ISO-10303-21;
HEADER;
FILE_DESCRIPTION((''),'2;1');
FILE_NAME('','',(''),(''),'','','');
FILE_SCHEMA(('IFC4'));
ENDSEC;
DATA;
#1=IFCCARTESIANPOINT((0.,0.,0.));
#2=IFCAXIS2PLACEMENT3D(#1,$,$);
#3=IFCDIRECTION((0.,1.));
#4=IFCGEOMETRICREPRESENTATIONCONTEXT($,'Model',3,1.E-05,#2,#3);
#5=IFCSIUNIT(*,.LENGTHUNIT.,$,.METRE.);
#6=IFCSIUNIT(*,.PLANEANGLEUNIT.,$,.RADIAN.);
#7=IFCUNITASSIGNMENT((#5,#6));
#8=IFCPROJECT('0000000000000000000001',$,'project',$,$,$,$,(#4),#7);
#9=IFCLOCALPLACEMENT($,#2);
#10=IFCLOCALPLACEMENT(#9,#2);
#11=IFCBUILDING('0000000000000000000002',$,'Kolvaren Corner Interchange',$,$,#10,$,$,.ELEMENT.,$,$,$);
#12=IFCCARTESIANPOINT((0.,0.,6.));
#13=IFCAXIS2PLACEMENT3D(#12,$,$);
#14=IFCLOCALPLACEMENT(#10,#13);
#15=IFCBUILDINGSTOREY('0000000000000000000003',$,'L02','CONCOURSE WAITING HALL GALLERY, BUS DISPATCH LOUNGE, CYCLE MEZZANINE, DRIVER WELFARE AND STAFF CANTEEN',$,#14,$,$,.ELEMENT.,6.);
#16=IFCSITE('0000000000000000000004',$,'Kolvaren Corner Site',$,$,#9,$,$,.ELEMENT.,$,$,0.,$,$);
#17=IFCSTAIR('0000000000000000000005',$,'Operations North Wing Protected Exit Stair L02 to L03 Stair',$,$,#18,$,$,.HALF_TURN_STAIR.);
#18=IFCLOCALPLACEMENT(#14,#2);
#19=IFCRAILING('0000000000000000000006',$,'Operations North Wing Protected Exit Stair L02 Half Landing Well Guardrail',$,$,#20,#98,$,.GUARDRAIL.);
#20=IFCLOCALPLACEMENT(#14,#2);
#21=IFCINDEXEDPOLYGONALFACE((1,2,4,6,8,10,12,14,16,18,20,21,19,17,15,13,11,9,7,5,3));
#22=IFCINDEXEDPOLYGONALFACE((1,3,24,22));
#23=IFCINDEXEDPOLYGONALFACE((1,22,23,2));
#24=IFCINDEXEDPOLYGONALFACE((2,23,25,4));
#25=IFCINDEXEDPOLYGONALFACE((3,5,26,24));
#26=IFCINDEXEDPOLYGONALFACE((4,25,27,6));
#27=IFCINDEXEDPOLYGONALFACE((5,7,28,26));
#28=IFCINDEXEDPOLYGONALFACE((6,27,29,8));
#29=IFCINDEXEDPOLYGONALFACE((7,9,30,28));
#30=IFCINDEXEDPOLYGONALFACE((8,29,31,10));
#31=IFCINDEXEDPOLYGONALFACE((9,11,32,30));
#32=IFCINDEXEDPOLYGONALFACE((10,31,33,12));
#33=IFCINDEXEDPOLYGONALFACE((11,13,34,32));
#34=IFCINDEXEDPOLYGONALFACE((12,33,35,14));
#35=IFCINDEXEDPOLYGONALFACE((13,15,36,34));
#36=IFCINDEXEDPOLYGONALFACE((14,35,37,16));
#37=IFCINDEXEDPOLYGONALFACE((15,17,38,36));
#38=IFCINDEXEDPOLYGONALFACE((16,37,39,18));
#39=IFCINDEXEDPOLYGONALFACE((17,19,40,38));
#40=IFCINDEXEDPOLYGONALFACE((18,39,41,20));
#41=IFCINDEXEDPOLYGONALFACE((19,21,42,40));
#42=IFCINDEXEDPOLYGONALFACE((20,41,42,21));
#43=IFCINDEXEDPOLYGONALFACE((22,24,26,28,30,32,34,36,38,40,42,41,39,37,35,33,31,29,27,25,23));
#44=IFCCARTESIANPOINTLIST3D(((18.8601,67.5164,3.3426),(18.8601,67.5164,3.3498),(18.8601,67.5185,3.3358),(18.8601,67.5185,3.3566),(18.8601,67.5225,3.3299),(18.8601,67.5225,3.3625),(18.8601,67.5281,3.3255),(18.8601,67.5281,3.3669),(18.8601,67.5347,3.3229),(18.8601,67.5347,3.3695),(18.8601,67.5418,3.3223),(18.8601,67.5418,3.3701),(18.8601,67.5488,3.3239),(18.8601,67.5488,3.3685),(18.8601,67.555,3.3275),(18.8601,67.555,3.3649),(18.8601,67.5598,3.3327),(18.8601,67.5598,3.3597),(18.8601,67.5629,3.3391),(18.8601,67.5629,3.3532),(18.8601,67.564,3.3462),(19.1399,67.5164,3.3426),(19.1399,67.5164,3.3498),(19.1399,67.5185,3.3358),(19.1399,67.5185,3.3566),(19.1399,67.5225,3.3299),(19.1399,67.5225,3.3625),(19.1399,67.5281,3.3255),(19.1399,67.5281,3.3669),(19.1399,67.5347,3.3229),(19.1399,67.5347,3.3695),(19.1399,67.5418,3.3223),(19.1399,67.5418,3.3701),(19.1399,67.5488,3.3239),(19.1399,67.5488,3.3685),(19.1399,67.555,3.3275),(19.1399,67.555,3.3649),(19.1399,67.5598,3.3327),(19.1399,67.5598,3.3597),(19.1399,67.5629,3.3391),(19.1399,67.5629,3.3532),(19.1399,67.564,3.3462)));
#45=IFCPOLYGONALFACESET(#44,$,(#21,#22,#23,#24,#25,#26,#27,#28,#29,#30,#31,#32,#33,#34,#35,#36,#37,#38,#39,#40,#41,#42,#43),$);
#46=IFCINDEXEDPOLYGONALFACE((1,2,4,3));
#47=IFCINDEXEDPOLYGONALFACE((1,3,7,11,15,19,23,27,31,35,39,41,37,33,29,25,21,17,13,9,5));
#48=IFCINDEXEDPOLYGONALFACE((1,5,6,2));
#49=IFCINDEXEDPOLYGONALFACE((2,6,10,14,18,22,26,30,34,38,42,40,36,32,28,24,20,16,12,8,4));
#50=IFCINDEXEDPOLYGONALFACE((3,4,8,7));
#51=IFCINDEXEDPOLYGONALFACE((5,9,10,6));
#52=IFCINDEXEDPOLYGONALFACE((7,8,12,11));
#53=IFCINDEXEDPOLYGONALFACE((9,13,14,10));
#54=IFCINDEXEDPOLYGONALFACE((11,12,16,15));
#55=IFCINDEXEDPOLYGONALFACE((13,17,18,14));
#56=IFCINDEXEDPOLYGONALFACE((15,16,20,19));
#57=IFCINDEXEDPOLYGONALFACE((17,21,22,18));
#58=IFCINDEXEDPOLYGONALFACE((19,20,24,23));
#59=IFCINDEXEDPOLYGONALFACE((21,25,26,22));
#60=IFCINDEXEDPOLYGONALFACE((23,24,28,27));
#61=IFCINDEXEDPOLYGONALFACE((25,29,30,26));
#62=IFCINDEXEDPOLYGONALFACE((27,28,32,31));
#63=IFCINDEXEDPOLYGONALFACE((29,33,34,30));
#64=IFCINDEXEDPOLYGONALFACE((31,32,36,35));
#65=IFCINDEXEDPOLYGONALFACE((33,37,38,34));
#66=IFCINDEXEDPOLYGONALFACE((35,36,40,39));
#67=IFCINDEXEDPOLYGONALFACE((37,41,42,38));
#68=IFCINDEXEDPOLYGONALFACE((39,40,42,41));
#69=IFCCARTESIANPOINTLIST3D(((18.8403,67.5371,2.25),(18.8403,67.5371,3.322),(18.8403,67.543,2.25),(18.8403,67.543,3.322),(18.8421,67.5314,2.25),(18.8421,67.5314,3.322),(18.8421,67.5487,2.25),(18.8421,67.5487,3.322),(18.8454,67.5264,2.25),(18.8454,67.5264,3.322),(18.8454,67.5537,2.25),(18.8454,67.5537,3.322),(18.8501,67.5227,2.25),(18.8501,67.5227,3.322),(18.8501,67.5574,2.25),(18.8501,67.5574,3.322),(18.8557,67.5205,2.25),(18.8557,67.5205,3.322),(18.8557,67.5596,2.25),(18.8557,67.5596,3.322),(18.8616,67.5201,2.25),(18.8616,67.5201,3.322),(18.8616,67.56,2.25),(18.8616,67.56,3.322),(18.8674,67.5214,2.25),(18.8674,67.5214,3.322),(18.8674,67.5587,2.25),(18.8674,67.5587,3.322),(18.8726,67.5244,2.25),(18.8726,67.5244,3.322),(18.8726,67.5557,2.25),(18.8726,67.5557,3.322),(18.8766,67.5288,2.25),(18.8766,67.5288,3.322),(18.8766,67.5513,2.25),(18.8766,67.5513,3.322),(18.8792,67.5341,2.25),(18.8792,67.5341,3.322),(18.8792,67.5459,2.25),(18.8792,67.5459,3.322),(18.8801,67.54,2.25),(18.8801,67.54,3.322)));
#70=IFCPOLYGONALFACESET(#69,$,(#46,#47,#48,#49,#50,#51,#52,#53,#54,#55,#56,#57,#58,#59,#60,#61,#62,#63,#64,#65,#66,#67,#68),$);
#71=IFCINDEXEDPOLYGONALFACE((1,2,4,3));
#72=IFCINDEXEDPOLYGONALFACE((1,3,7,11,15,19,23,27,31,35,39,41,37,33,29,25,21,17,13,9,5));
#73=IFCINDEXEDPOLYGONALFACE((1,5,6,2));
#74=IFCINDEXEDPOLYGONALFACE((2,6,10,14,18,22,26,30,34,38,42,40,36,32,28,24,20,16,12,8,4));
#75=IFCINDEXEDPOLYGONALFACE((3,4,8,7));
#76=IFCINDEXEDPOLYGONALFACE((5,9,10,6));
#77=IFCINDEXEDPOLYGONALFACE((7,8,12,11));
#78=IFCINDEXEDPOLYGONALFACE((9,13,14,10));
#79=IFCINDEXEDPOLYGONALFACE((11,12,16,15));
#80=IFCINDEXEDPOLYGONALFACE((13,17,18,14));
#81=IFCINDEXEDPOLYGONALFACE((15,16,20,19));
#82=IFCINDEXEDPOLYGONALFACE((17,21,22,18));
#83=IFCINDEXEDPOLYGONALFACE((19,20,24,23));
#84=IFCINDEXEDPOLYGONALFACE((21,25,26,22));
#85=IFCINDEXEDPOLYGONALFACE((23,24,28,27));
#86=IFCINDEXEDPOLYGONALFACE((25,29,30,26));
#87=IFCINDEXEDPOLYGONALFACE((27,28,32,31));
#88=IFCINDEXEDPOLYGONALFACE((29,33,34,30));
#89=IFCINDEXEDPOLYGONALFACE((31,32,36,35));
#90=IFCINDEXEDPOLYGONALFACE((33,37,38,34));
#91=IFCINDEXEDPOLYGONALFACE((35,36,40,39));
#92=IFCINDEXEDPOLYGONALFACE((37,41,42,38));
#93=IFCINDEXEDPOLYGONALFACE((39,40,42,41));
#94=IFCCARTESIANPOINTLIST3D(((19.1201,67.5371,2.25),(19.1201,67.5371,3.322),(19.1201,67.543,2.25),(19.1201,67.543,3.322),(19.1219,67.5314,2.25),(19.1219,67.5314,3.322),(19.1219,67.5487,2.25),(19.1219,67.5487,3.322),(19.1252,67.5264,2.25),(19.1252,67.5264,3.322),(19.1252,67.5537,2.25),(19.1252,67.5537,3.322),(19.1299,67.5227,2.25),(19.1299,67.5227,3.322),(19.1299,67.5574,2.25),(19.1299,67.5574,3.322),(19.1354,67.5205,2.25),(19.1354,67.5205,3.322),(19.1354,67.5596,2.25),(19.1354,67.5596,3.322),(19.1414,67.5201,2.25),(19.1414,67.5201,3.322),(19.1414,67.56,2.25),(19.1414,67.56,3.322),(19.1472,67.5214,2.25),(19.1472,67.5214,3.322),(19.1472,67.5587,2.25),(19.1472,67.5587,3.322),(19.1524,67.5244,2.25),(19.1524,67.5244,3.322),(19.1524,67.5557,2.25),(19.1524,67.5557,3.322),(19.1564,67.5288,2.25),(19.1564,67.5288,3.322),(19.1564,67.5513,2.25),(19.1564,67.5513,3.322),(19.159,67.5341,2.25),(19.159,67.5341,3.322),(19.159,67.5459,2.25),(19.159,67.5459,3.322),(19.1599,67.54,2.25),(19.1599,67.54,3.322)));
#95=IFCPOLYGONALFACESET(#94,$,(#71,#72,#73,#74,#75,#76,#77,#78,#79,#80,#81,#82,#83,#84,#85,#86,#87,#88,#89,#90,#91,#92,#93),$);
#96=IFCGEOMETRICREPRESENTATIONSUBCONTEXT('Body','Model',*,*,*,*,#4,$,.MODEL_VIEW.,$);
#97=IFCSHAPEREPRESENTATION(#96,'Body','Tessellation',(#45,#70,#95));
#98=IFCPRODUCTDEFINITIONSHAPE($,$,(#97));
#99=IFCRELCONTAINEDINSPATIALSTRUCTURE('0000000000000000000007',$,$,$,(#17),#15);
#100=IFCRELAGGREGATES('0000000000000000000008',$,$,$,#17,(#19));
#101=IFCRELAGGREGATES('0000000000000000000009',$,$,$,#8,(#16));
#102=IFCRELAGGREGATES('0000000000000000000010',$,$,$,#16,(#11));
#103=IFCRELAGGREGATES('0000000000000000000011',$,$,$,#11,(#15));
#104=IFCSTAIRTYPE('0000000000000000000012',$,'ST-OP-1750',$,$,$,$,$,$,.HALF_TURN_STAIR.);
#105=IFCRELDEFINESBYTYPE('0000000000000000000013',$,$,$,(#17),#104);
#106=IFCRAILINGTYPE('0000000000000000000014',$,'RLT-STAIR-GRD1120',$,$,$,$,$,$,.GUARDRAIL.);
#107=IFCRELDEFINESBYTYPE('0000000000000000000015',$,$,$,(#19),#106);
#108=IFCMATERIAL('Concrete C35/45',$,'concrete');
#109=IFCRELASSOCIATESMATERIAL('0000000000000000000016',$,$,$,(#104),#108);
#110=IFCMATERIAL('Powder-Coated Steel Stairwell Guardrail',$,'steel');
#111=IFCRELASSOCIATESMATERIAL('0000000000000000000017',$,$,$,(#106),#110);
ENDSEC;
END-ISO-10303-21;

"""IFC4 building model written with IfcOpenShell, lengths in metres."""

from ifc_helpers import new_model, si_unit, direction, frame, origin, origin_2d, place, context, subcontext, project, spatial, circle, extrude, material, type_object, element, aggregate, save


model = new_model("IFC4")

# Units and contexts
model_context = context("Model", 3, precision=1e-05, world=origin(), true_north=direction((0.0, 1.0)))
body_context = subcontext(model_context, "Body", "Model", "MODEL_VIEW")
ifc_project = project(units=[si_unit("LENGTHUNIT", "METRE"), si_unit("PLANEANGLEUNIT", "RADIAN")], contexts=[model_context])

# Site, building, storey
site_placement = place(None, origin())
site = spatial("IfcSite", under=ifc_project, at=site_placement, Name="Kolvaren Corner Site", CompositionType="ELEMENT", RefElevation=0.0)
building_placement = place(site_placement, origin())
building = spatial("IfcBuilding", under=site, at=building_placement, Name="Kolvaren Corner Interchange", CompositionType="ELEMENT")
storey_placement = place(building_placement, frame((0.0, 0.0, 6.0)))
storey = spatial("IfcBuildingStorey", under=building, at=storey_placement, Name="L02", Description="CONCOURSE WAITING HALL GALLERY, BUS DISPATCH LOUNGE, CYCLE MEZZANINE, DRIVER WELFARE AND STAFF CANTEEN", CompositionType="ELEMENT", Elevation=6.0)

# Stair
ifc_material_1 = material(Name="Concrete C35/45", Category="concrete")
stair_type = type_object("IfcStairType", Name="ST-OP-1750", PredefinedType="HALF_TURN_STAIR", material=ifc_material_1)
stair_placement = place(storey_placement, origin())
stair = element("IfcStair", 1, at=stair_placement, inside=storey, type_object=stair_type, Name="Operations North Wing Protected Exit Stair L02 to L03 Stair", PredefinedType="HALF_TURN_STAIR")

# Railing
ifc_material_2 = material(Name="Powder-Coated Steel Stairwell Guardrail", Category="steel")
railing_type_1 = type_object("IfcRailingType", Name="RLT-STAIR-GRD1120", PredefinedType="GUARDRAIL", material=ifc_material_2)
railing_1_placement = place(storey_placement, frame((18.8601, 67.54, 2.25)))
railing_1 = element("IfcRailing", 2, at=railing_1_placement, type_object=railing_type_1, Name="Operations North Wing Protected Exit Stair L02 Half Landing Well Guardrail", PredefinedType="GUARDRAIL", context=body_context, shape_type="SweptSolid", body=[
    extrude(circle(Radius=0.0239, at=origin_2d()), frame((0.0, 0.0, 1.0962), z_axis=(1.0, 0.0, 0.0), x_axis=(0.0, 1.0, 0.0)), (0.0, 0.0, 1.0), 0.2798),
    extrude(circle(Radius=0.02, at=origin_2d()), origin(), (0.0, 0.0, 1.0), 1.072),
    extrude(circle(Radius=0.02, at=origin_2d()), frame((0.2798, 0.0, 0.0)), (0.0, 0.0, 1.0), 1.072),
])
aggregate(stair, [railing_1])

save(model, "model.ifc")
